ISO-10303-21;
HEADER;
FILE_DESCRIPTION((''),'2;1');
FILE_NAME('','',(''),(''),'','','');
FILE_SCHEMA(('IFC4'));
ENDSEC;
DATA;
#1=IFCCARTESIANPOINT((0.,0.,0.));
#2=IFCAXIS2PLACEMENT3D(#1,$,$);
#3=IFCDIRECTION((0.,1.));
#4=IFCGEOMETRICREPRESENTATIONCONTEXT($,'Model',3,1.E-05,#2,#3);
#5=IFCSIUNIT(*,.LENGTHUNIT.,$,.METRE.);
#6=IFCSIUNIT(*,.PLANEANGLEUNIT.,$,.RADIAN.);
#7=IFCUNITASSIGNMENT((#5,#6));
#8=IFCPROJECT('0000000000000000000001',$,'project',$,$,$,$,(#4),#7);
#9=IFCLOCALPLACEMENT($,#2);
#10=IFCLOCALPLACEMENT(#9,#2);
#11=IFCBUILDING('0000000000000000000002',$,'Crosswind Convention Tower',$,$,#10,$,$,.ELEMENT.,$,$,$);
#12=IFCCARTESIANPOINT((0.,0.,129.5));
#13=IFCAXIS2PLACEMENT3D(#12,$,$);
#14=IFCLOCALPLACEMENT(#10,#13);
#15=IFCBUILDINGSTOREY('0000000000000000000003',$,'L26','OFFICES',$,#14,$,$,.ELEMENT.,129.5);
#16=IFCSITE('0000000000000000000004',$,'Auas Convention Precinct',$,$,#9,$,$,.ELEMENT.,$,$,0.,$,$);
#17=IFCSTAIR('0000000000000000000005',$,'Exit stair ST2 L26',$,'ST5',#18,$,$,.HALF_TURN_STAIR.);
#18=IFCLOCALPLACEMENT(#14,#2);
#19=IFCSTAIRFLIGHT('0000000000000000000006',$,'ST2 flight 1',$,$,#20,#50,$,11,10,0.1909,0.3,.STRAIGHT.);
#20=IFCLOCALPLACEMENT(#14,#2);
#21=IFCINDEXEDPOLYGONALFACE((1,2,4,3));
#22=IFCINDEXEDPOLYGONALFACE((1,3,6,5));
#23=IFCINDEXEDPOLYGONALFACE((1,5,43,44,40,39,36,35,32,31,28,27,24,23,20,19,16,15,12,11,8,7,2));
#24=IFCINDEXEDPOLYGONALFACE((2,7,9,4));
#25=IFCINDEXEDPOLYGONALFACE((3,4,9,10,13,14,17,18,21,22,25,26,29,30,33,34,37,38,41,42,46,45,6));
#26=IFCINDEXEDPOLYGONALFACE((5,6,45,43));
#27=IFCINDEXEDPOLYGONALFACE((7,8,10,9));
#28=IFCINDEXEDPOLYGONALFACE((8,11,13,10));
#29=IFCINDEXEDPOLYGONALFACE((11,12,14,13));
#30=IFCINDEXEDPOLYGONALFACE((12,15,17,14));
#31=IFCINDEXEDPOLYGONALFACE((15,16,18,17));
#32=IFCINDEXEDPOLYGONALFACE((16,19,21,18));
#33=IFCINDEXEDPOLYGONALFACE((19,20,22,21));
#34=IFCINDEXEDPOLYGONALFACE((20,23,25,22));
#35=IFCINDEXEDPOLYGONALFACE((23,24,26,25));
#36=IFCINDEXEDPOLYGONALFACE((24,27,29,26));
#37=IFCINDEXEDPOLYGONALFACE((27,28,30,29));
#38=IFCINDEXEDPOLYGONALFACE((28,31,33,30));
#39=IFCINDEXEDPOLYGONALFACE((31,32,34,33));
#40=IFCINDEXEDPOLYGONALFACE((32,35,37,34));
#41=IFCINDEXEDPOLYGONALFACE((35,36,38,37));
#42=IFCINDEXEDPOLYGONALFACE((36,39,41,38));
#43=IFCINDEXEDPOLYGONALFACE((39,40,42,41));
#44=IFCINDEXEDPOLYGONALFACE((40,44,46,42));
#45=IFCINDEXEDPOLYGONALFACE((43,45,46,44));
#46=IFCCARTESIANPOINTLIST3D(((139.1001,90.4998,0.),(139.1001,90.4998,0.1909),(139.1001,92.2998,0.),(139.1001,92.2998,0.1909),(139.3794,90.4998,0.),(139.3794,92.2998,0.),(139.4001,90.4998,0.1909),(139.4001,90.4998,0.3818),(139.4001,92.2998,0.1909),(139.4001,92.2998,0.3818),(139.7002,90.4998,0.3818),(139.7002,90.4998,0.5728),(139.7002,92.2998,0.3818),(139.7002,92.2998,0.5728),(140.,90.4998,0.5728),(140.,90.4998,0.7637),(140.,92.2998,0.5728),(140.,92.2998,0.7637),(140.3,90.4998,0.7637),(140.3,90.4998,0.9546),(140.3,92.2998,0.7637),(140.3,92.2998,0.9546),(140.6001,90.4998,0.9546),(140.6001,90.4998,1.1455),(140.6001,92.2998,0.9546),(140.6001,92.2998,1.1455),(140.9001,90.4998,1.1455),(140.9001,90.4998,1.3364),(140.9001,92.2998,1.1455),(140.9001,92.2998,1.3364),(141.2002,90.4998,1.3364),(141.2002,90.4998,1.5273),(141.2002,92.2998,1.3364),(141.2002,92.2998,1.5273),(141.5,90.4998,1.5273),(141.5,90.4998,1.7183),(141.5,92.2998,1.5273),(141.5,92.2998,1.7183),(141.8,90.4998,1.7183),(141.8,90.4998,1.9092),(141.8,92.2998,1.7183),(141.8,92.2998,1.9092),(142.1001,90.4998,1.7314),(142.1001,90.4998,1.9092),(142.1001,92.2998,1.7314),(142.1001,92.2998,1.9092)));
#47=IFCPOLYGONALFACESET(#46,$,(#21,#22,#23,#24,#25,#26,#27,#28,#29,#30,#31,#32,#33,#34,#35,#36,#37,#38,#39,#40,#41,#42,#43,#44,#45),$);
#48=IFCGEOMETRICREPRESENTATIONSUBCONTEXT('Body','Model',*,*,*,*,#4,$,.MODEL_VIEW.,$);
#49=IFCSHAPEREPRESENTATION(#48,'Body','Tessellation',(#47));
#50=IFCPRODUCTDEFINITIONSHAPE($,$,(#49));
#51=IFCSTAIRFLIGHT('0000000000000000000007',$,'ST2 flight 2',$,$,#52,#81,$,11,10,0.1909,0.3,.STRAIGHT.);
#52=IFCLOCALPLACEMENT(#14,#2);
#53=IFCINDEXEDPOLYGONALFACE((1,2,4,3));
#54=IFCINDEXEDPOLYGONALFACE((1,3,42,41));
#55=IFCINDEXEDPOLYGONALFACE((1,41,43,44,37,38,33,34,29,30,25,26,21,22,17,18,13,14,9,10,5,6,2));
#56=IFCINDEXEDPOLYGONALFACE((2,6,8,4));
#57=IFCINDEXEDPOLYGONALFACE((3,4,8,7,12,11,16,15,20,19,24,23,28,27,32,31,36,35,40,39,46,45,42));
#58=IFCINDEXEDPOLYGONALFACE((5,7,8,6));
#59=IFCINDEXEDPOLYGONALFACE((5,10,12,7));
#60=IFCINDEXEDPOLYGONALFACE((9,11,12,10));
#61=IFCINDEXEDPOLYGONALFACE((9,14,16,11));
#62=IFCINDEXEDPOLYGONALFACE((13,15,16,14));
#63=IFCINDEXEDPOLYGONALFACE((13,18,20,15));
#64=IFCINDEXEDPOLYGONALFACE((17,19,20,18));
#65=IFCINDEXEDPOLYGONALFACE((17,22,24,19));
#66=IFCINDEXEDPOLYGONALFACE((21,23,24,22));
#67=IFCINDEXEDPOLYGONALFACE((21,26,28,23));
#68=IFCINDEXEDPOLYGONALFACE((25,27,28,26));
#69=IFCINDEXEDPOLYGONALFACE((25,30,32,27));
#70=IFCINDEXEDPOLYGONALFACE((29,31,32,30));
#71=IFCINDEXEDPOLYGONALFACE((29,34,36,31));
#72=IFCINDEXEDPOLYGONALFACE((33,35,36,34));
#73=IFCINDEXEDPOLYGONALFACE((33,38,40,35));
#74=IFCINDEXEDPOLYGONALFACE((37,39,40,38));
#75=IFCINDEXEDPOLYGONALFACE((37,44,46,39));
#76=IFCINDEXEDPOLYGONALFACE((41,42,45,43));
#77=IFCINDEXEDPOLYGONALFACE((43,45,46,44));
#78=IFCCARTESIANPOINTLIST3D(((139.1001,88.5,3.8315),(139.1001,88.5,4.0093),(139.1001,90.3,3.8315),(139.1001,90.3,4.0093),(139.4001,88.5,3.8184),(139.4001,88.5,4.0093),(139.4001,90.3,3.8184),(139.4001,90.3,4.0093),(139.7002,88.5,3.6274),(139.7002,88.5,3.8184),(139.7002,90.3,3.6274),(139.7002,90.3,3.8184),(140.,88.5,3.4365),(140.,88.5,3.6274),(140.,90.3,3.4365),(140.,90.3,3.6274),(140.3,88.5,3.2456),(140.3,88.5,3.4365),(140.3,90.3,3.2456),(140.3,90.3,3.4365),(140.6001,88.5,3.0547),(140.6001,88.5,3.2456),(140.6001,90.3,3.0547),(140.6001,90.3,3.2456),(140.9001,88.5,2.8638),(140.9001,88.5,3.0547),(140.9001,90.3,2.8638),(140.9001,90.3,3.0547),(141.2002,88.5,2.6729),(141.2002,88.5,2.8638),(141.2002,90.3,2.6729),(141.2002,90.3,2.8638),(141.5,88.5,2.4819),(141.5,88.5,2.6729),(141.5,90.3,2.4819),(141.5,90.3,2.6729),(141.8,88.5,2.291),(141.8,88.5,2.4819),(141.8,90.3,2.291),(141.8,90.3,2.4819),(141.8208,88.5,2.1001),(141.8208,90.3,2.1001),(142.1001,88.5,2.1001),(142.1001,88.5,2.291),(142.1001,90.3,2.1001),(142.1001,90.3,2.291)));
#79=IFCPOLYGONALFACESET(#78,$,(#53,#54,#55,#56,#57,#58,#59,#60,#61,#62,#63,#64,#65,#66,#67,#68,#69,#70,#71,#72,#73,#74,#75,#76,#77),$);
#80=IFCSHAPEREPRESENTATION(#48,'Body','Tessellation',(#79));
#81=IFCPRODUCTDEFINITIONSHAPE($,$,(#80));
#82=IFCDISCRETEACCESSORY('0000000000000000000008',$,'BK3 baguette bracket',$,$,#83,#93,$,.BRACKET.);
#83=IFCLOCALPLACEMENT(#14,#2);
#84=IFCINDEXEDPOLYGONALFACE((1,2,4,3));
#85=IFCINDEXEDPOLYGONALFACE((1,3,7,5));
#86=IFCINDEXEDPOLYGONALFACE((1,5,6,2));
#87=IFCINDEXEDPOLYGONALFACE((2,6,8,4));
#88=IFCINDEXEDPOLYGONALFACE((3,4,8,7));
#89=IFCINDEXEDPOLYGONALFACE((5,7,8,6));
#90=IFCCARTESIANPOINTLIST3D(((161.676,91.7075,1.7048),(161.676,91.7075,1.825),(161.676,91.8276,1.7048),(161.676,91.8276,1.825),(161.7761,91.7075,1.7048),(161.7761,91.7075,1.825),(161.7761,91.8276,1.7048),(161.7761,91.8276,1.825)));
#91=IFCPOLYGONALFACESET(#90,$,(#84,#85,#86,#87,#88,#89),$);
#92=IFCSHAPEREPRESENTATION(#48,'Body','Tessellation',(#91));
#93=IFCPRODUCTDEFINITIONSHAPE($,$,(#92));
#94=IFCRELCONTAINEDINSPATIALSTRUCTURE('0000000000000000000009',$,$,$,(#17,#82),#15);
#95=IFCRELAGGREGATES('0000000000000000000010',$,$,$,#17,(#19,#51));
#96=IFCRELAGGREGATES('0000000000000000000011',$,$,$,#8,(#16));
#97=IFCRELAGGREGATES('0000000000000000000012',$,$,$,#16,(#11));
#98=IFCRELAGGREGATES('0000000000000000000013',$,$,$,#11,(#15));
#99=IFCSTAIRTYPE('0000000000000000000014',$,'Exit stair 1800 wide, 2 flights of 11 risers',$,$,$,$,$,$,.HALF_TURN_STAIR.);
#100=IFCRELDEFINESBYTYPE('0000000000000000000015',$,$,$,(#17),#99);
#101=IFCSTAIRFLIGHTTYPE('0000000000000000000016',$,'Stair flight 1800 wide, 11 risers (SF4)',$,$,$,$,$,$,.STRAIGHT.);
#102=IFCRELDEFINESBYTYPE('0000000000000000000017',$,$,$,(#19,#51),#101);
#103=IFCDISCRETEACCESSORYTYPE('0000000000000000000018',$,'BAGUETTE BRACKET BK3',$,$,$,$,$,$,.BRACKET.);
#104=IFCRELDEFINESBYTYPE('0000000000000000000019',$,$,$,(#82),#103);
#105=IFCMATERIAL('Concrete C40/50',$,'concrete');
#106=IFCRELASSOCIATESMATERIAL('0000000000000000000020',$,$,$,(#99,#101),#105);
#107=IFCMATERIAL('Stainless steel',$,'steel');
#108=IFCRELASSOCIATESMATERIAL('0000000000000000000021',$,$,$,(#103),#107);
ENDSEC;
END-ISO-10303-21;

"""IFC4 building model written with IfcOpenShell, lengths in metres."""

from ifc_helpers import new_model, si_unit, direction, frame, origin, origin_2d, place, context, subcontext, project, spatial, polyline, rectangle, outline, extrude, material, type_object, element, aggregate, save


model = new_model("IFC4")

# Units and contexts
model_context = context("Model", 3, precision=1e-05, world=origin(), true_north=direction((0.0, 1.0)))
body_context = subcontext(model_context, "Body", "Model", "MODEL_VIEW")
ifc_project = project(units=[si_unit("LENGTHUNIT", "METRE"), si_unit("PLANEANGLEUNIT", "RADIAN")], contexts=[model_context])

# Site, building, storey
site_placement = place(None, origin())
site = spatial("IfcSite", under=ifc_project, at=site_placement, Name="Auas Convention Precinct", CompositionType="ELEMENT", RefElevation=0.0)
building_placement = place(site_placement, origin())
building = spatial("IfcBuilding", under=site, at=building_placement, Name="Crosswind Convention Tower", CompositionType="ELEMENT")
storey_placement = place(building_placement, frame((0.0, 0.0, 129.5)))
storey = spatial("IfcBuildingStorey", under=building, at=storey_placement, Name="L26", Description="OFFICES", CompositionType="ELEMENT", Elevation=129.5)

# Stair, stair flights
ifc_material_1 = material(Name="Concrete C40/50", Category="concrete")
stair_type = type_object("IfcStairType", Name="Exit stair 1800 wide, 2 flights of 11 risers", PredefinedType="HALF_TURN_STAIR", material=ifc_material_1)
stair_placement = place(storey_placement, origin())
stair = element("IfcStair", 1, at=stair_placement, inside=storey, type_object=stair_type, Name="Exit stair ST2 L26", ObjectType="ST5", PredefinedType="HALF_TURN_STAIR")
stair_flight_type = type_object("IfcStairFlightType", Name="Stair flight 1800 wide, 11 risers (SF4)", PredefinedType="STRAIGHT", material=ifc_material_1)
stair_flight_1_placement = place(storey_placement, frame((139.1001, 91.3999, 0.0), z_axis=(0.0, 0.0, 1.0), x_axis=(1.0, 0.0, 0.0)))
stair_flight_1 = element("IfcStairFlight", 2, at=stair_flight_1_placement, type_object=stair_flight_type, Name="ST2 flight 1", NumberOfRisers=11, NumberOfTreads=10, PredefinedType="STRAIGHT", RiserHeight=0.1909, TreadLength=0.3, context=body_context, shape_type="SweptSolid", body=[
    extrude(outline(polyline([(0.0, 0.0), (0.0, 0.1909), (0.3, 0.1909), (0.3, 0.3818), (0.6001, 0.3818), (0.6001, 0.5728), (0.8999, 0.5728), (0.8999, 0.7637), (1.2, 0.7637), (1.2, 0.9546), (1.5, 0.9546), (1.5, 1.1455), (1.8, 1.1455), (1.8, 1.3364), (2.1001, 1.3364), (2.1001, 1.5273), (2.3999, 1.5273), (2.3999, 1.7183), (2.7, 1.7183), (2.7, 1.9092), (3.0, 1.9092), (3.0, 2.1001), (3.0, 1.7314), (0.2793, 0.0), (0.0, 0.0)])), frame((0.0, 0.8999, 0.0), z_axis=(0.0, -1.0, 0.0), x_axis=(1.0, 0.0, 0.0)), (0.0, 0.0, 1.0), 1.8),
])
stair_flight_2_placement = place(storey_placement, frame((142.1001, 89.3999, 2.1001), z_axis=(0.0, 0.0, 1.0), x_axis=(-1.0, 0.0, 0.0)))
stair_flight_2 = element("IfcStairFlight", 3, at=stair_flight_2_placement, type_object=stair_flight_type, Name="ST2 flight 2", NumberOfRisers=11, NumberOfTreads=10, PredefinedType="STRAIGHT", RiserHeight=0.1909, TreadLength=0.3, context=body_context, shape_type="SweptSolid", body=[
    extrude(outline(polyline([(0.0, 0.0), (0.0, 0.1909), (0.3, 0.1909), (0.3, 0.3818), (0.6001, 0.3818), (0.6001, 0.5728), (0.8999, 0.5728), (0.8999, 0.7637), (1.2, 0.7637), (1.2, 0.9546), (1.5, 0.9546), (1.5, 1.1455), (1.8, 1.1455), (1.8, 1.3364), (2.1001, 1.3364), (2.1001, 1.5273), (2.3999, 1.5273), (2.3999, 1.7183), (2.7, 1.7183), (2.7, 1.9092), (3.0, 1.9092), (3.0, 2.1001), (3.0, 1.7314), (0.2793, 0.0), (0.0, 0.0)])), frame((0.0, 0.8999, 0.0), z_axis=(0.0, -1.0, 0.0), x_axis=(1.0, 0.0, 0.0)), (0.0, 0.0, 1.0), 1.8),
])
aggregate(stair, [stair_flight_1, stair_flight_2])

# Shared definitions
ifc_material_2 = material(Name="Stainless steel", Category="steel")

# Discrete accessory
discrete_accessory_type = type_object("IfcDiscreteAccessoryType", Name="BAGUETTE BRACKET BK3", PredefinedType="BRACKET", material=ifc_material_2)
discrete_accessory_placement = place(storey_placement, frame((161.7261, 91.7676, 1.7048), z_axis=(0.0, 0.0, 1.0), x_axis=(0.0, 1.0, 0.0)))
element("IfcDiscreteAccessory", 4, at=discrete_accessory_placement, inside=storey, type_object=discrete_accessory_type, Name="BK3 baguette bracket", PredefinedType="BRACKET", context=body_context, shape_type="SweptSolid", body=[
    extrude(rectangle(XDim=0.1201, YDim=0.1001, at=origin_2d()), origin(), (0.0, 0.0, 1.0), 0.1201),
])

save(model, "model.ifc")
